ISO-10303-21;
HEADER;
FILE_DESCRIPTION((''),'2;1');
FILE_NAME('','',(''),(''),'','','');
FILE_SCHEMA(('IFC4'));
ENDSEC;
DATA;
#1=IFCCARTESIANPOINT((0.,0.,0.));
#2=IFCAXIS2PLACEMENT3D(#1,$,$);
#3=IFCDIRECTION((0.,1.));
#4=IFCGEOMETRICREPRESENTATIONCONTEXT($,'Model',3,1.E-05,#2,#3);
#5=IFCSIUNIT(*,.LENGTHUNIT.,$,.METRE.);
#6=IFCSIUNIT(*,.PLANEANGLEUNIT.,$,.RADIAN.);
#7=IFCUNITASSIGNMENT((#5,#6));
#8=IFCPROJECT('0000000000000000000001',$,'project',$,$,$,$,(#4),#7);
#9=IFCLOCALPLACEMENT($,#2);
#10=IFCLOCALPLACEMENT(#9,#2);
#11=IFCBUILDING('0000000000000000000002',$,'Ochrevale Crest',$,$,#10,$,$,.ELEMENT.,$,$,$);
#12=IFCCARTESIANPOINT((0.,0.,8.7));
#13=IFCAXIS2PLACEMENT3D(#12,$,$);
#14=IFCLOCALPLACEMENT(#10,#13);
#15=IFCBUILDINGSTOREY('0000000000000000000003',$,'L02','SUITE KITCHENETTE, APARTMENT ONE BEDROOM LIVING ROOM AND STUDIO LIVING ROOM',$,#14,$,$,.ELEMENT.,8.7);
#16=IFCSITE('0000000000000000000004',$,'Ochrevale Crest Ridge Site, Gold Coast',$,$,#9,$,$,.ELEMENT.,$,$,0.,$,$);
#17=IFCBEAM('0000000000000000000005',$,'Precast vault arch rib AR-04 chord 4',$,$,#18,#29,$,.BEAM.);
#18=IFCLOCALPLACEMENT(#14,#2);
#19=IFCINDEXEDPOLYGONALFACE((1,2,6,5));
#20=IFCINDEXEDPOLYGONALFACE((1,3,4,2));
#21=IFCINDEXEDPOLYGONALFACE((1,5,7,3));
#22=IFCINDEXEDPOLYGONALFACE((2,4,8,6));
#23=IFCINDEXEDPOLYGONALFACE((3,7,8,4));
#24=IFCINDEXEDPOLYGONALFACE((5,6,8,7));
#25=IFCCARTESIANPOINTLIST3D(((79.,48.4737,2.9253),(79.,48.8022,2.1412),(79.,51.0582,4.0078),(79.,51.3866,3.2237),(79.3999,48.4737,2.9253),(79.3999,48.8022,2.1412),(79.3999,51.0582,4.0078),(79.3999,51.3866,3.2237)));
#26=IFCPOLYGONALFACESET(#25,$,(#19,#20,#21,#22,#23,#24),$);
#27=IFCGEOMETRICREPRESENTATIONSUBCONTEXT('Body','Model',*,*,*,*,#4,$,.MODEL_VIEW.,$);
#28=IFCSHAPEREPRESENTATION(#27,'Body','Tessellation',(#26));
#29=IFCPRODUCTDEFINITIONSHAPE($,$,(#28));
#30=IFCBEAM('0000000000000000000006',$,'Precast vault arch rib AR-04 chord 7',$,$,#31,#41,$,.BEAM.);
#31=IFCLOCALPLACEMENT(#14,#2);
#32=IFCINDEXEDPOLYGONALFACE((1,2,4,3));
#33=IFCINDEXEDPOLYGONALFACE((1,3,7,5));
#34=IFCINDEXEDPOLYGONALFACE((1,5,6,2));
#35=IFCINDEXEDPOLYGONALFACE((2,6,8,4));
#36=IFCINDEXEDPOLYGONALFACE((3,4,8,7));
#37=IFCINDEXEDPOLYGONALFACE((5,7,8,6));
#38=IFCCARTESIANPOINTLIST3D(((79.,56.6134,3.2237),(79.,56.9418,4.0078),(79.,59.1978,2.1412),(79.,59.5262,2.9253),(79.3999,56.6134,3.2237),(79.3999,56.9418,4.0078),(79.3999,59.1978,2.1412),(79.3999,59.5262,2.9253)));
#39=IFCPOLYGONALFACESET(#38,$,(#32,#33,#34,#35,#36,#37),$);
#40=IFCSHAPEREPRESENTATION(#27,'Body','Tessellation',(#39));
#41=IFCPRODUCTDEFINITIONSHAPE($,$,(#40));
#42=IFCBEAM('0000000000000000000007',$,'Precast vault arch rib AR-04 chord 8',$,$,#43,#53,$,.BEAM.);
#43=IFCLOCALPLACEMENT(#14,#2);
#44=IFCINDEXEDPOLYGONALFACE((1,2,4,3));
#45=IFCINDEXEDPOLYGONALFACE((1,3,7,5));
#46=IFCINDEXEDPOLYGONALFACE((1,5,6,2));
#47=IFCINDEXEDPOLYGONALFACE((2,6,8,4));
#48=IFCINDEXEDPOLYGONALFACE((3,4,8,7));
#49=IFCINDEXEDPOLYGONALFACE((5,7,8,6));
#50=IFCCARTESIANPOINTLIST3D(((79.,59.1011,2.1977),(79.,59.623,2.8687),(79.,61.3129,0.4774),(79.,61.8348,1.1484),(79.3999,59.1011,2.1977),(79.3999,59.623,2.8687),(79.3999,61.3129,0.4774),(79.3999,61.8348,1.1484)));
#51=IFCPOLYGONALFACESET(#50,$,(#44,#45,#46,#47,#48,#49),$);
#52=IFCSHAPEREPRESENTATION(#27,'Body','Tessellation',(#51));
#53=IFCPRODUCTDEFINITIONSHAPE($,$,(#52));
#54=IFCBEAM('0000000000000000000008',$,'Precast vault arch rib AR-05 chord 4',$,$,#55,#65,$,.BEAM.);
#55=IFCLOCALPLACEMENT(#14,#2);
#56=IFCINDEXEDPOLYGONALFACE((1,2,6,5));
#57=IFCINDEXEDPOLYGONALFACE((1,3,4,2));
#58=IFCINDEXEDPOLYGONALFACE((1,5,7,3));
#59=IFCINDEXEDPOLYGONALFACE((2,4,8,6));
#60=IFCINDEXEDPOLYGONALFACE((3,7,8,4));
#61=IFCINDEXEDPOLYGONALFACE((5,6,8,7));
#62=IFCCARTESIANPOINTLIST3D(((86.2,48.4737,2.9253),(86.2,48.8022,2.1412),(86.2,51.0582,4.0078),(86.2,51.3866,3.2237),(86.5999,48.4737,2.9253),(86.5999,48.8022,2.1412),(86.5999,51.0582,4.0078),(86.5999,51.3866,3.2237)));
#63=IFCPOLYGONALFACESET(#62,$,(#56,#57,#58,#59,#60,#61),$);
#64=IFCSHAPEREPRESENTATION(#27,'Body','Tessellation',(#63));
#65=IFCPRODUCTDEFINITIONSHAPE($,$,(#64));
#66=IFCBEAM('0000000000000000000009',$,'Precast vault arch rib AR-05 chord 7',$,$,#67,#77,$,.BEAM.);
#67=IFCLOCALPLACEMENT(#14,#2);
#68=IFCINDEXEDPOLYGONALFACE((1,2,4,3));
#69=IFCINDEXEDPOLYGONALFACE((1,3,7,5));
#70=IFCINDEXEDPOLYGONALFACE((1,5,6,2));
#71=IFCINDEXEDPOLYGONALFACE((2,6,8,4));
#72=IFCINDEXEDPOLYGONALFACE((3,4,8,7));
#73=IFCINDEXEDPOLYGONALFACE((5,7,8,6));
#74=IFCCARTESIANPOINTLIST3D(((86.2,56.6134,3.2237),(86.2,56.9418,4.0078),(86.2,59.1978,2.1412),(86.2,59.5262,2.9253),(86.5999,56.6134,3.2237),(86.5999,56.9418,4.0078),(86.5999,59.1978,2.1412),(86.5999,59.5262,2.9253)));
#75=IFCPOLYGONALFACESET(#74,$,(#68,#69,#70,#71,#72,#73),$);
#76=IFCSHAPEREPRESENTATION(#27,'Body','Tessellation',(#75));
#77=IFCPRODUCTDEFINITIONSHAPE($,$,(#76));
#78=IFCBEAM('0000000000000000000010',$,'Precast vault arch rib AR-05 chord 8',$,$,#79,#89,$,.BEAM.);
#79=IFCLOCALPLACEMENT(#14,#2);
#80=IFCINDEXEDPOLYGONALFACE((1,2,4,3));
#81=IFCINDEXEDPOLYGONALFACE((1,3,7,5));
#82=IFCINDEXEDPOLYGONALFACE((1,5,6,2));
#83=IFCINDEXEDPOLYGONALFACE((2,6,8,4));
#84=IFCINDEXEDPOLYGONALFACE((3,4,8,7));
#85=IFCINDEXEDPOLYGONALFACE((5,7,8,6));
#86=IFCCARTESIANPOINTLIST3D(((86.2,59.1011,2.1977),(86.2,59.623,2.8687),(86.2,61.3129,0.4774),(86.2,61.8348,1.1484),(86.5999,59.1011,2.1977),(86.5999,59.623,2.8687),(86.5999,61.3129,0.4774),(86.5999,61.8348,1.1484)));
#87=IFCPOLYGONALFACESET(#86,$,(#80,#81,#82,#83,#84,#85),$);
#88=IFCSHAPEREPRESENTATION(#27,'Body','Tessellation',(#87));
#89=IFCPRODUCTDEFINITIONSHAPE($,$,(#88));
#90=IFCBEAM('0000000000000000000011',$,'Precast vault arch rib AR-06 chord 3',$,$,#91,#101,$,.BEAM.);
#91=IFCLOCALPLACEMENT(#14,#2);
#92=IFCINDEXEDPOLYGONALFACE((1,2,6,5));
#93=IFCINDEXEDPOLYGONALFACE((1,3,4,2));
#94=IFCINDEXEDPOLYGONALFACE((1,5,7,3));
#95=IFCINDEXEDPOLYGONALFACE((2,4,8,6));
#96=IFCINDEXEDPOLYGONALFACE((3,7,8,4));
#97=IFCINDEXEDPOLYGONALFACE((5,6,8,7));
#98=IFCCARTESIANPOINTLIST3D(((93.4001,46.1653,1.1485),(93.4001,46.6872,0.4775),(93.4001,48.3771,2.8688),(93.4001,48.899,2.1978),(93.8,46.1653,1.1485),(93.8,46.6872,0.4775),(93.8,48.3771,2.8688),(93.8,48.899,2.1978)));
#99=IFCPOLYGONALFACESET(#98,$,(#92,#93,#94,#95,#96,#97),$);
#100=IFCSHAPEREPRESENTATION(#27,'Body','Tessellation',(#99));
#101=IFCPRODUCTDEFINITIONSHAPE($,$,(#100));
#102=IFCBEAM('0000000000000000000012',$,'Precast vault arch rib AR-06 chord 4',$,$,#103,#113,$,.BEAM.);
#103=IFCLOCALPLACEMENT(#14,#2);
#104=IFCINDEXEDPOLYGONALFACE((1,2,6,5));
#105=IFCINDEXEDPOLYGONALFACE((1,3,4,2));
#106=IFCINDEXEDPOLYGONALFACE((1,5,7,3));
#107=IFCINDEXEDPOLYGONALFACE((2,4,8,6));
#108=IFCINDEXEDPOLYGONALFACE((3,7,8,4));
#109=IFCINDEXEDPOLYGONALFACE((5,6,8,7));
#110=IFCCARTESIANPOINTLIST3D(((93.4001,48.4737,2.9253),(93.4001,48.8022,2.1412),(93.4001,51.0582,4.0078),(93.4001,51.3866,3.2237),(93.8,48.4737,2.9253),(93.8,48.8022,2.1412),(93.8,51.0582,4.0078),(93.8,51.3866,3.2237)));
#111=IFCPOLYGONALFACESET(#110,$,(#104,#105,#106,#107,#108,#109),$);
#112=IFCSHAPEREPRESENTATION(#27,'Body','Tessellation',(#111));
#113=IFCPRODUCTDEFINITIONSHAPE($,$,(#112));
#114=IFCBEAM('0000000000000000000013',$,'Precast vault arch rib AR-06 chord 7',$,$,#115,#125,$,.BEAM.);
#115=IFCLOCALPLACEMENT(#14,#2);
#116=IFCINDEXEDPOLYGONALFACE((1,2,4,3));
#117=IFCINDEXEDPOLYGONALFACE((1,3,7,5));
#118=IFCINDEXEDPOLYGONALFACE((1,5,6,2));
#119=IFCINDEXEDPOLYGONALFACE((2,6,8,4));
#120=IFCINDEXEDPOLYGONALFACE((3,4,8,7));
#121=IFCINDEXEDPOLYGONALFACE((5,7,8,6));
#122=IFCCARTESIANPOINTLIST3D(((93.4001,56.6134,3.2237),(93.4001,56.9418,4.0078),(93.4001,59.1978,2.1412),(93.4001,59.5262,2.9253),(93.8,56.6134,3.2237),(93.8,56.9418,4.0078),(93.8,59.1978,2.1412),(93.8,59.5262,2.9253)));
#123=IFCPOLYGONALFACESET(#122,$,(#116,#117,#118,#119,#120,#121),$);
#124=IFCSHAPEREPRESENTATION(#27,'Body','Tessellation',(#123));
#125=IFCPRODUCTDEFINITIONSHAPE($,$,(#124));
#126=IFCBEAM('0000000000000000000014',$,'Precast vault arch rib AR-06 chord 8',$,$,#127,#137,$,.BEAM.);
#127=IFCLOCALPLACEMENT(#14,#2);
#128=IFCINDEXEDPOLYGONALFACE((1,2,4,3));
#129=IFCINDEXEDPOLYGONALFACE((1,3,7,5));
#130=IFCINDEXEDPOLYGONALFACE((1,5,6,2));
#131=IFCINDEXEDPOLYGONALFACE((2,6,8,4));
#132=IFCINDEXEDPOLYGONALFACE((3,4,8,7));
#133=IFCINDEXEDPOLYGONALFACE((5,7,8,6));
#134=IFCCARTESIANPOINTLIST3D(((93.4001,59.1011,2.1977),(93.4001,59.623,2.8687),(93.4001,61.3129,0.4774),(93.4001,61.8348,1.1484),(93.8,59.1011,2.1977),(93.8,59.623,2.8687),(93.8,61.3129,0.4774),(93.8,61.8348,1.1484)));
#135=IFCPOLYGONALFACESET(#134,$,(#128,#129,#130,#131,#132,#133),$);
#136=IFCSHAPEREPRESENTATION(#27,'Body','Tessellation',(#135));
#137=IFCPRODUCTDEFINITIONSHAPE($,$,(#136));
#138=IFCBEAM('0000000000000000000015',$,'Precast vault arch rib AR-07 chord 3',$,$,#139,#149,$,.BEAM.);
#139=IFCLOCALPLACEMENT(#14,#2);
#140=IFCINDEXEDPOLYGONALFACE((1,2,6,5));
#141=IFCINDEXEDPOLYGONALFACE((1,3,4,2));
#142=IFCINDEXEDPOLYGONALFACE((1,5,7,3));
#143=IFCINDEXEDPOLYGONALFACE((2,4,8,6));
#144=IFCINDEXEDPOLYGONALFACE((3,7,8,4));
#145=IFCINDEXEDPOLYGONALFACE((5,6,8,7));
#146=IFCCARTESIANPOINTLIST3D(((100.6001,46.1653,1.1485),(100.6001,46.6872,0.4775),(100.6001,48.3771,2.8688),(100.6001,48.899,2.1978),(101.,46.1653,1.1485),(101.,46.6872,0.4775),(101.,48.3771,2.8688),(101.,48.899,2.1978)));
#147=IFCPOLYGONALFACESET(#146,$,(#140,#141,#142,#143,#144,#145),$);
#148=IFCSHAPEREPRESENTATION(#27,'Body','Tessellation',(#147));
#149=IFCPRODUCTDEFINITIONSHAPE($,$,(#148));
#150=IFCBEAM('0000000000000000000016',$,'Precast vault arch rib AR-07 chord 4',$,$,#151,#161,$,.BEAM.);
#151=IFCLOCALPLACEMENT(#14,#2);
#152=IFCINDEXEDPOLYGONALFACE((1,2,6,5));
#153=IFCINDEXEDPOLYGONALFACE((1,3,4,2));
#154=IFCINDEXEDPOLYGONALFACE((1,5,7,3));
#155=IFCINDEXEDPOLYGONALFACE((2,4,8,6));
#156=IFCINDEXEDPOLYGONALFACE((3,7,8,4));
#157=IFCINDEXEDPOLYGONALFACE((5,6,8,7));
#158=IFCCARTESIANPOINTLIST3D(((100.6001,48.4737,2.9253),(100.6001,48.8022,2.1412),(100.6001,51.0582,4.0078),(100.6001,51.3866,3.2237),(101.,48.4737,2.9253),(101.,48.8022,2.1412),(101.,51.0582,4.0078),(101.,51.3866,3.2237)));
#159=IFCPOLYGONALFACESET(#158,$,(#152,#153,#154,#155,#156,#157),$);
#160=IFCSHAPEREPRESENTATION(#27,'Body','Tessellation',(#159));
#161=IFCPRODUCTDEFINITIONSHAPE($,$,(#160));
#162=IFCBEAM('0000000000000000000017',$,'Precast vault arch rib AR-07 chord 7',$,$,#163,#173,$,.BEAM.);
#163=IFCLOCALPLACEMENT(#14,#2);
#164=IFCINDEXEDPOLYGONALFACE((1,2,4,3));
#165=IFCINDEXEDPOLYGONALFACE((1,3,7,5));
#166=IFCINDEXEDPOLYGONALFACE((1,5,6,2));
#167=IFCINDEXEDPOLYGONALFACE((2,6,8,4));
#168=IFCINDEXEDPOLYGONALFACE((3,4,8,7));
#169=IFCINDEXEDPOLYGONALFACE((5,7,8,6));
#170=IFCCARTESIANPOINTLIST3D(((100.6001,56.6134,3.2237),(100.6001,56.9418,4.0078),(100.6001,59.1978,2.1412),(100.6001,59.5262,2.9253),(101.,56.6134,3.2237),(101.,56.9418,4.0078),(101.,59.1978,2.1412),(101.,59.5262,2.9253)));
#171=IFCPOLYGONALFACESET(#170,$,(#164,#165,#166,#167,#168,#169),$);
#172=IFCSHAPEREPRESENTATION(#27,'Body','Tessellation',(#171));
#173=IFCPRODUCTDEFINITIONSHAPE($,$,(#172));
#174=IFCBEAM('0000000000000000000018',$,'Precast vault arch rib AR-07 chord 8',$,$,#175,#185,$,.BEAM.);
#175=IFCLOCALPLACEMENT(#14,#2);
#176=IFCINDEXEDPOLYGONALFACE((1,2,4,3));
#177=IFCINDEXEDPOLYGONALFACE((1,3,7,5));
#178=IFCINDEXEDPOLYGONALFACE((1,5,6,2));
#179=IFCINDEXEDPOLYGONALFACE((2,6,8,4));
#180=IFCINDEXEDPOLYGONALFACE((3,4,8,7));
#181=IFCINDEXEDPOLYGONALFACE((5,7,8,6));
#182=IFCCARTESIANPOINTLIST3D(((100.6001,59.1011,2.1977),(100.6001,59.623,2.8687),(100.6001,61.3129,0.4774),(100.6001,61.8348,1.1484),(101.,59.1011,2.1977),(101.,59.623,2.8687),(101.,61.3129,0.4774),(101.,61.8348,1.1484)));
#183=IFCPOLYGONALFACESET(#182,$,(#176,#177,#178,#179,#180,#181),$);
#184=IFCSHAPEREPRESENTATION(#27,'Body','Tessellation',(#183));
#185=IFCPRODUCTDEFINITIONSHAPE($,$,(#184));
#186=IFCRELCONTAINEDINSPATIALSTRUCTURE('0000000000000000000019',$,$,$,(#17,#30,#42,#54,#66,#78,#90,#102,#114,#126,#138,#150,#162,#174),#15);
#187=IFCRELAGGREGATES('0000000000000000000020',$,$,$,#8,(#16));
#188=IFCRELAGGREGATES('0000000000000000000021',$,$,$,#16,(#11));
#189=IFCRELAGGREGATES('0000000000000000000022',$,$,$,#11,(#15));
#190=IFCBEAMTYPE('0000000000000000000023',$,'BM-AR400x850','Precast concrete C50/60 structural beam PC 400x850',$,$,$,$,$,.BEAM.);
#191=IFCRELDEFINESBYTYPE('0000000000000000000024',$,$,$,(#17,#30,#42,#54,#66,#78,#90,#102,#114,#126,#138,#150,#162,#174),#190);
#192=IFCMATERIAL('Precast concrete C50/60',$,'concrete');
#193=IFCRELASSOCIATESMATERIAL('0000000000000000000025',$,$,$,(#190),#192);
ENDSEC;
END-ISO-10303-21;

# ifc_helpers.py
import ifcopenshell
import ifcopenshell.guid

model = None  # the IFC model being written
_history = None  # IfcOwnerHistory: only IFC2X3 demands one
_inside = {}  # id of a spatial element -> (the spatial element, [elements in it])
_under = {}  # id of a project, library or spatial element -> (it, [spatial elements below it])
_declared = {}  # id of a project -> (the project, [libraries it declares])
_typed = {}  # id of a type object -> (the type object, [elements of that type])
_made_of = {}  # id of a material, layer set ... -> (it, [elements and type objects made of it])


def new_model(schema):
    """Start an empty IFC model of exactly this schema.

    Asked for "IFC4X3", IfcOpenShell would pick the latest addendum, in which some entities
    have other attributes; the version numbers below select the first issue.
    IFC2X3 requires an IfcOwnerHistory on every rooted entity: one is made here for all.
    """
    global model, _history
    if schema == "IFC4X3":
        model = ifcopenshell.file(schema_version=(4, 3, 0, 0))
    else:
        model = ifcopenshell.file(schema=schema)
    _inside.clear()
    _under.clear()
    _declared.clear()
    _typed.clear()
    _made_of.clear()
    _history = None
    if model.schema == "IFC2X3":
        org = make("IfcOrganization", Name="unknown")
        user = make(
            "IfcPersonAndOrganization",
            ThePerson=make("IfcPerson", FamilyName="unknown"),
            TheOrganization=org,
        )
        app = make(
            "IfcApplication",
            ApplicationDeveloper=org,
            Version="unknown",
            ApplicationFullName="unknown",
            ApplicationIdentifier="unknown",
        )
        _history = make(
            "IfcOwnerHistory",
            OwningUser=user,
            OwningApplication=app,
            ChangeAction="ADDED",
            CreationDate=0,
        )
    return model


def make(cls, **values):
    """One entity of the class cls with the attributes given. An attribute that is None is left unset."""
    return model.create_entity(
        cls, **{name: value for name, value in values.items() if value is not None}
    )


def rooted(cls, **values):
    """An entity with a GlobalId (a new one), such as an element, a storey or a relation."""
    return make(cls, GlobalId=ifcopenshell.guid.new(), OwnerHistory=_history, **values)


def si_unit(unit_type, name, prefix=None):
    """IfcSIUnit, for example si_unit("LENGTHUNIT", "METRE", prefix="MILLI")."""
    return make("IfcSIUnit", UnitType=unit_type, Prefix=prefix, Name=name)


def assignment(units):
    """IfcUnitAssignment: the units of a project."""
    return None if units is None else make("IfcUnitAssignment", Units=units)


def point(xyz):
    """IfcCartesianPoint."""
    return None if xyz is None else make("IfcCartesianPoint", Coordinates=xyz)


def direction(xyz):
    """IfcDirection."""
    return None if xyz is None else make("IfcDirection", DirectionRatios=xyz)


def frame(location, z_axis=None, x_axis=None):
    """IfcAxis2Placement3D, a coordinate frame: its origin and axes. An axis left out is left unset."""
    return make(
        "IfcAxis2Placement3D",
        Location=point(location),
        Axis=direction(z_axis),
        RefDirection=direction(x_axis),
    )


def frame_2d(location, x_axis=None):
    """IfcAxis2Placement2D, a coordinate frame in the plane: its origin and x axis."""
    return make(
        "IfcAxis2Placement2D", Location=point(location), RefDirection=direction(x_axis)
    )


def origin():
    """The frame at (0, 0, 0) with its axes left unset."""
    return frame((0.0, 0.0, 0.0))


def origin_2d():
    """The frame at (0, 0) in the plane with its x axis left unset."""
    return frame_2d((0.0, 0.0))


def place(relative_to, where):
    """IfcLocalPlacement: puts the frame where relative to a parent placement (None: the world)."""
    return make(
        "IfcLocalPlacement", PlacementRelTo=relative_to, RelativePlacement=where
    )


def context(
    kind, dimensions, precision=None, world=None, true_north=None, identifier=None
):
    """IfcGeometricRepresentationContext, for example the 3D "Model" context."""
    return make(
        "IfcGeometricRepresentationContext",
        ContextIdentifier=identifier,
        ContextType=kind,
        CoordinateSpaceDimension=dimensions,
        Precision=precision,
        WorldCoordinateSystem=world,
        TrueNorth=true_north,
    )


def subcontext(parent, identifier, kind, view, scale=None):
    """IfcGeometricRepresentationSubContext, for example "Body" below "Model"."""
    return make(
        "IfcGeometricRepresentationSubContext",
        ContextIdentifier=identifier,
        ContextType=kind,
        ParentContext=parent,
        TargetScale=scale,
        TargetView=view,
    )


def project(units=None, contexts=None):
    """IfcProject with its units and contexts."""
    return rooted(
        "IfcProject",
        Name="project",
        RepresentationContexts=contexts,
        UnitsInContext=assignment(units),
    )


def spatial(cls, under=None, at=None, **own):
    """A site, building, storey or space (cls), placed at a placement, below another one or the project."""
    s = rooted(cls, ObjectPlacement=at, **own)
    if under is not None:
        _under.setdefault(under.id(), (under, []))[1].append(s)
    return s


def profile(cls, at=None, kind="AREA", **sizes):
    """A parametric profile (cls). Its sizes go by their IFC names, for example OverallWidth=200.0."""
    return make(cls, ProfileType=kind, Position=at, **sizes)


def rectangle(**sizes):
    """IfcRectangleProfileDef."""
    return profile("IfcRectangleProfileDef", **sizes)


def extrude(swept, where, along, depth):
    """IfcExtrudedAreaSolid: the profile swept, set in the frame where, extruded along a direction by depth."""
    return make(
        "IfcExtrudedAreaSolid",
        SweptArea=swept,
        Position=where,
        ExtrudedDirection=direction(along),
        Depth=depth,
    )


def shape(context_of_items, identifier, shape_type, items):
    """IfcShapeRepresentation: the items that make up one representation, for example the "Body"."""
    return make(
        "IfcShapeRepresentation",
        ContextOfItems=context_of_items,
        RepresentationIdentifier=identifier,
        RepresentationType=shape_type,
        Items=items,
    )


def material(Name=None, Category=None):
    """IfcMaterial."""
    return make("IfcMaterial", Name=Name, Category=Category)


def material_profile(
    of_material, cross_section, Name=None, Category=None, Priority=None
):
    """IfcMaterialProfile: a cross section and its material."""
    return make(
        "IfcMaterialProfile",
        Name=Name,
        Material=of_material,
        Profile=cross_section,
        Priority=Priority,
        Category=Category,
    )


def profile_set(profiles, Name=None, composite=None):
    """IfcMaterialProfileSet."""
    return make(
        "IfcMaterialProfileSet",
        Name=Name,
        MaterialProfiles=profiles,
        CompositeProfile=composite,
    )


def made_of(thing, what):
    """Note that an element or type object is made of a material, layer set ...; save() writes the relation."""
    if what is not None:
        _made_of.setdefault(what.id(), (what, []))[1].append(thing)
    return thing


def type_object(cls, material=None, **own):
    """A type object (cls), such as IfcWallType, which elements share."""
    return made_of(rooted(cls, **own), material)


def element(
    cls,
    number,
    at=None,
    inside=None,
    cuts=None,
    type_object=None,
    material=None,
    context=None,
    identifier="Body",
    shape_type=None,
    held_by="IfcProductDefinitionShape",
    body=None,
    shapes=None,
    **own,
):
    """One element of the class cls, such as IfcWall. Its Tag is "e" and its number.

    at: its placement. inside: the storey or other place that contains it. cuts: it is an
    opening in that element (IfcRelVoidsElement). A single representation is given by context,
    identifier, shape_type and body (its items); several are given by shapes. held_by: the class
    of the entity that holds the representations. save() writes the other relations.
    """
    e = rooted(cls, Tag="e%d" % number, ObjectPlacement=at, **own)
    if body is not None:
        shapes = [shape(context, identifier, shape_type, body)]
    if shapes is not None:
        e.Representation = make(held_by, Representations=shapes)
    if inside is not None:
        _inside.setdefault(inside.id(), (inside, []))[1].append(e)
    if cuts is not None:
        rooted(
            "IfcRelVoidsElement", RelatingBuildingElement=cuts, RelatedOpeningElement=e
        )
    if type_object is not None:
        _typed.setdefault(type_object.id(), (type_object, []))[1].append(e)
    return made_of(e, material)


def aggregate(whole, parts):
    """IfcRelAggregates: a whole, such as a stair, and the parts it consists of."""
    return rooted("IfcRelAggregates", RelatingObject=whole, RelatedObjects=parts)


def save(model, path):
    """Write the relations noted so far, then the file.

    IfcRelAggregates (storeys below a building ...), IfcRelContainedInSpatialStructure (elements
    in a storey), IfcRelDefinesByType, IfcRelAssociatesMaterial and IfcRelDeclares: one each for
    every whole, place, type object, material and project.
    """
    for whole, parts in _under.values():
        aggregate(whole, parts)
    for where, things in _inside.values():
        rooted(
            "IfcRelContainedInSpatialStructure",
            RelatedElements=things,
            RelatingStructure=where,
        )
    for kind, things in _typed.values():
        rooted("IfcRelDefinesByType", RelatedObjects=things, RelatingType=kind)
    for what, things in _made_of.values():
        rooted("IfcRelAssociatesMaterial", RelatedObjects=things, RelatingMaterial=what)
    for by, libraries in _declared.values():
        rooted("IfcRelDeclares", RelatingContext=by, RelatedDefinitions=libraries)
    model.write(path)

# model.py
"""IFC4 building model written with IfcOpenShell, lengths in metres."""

from ifc_helpers import new_model, si_unit, direction, frame, origin, origin_2d, place, context, subcontext, project, spatial, rectangle, extrude, material, material_profile, profile_set, type_object, element, save


model = new_model("IFC4")

# Units and contexts
model_context = context("Model", 3, precision=1e-05, world=origin(), true_north=direction((0.0, 1.0)))
body_context = subcontext(model_context, "Body", "Model", "MODEL_VIEW")
ifc_project = project(units=[si_unit("LENGTHUNIT", "METRE"), si_unit("PLANEANGLEUNIT", "RADIAN")], contexts=[model_context])

# Site, building, storey
site_placement = place(None, origin())
site = spatial("IfcSite", under=ifc_project, at=site_placement, Name="Ochrevale Crest Ridge Site, Gold Coast", CompositionType="ELEMENT", RefElevation=0.0)
building_placement = place(site_placement, origin())
building = spatial("IfcBuilding", under=site, at=building_placement, Name="Ochrevale Crest", CompositionType="ELEMENT")
storey_placement = place(building_placement, frame((0.0, 0.0, 8.7)))
storey = spatial("IfcBuildingStorey", under=building, at=storey_placement, Name="L02", Description="SUITE KITCHENETTE, APARTMENT ONE BEDROOM LIVING ROOM AND STUDIO LIVING ROOM", CompositionType="ELEMENT", Elevation=8.7)

# Beams
ifc_material_1 = material(Name="Precast concrete C50/60", Category="concrete")
ifc_material_profile_1 = material_profile(ifc_material_1, rectangle(XDim=0.3999, YDim=0.8501, at=origin_2d()), Name="PC 400x850")
ifc_profile_set_1 = profile_set([ifc_material_profile_1], Name="Precast concrete C50/60")
beam_type = type_object("IfcBeamType", Name="BM-AR400x850", Description="Precast concrete C50/60 structural beam PC 400x850", PredefinedType="BEAM", material=ifc_profile_set_1)
for number, where, z_axis, x_axis, name in (
    (1, (79.2, 48.6379, 2.5332), (0.0, 0.922359, 0.386335), (-1.0, 0.0, 0.0), "Precast vault arch rib AR-04 chord 4"),
    (2, (79.2, 56.7776, 3.6157), (0.0, 0.922359, -0.386335), (-1.0, 0.0, 0.0), "Precast vault arch rib AR-04 chord 7"),
    (3, (79.2, 59.3621, 2.5332), (0.0, 0.789348, -0.613947), (-1.0, 0.0, 0.0), "Precast vault arch rib AR-04 chord 8"),
    (4, (86.3999, 48.6379, 2.5332), (0.0, 0.922359, 0.386335), (-1.0, 0.0, 0.0), "Precast vault arch rib AR-05 chord 4"),
    (5, (86.3999, 56.7776, 3.6157), (0.0, 0.922359, -0.386335), (-1.0, 0.0, 0.0), "Precast vault arch rib AR-05 chord 7"),
    (6, (86.3999, 59.3621, 2.5332), (0.0, 0.789348, -0.613947), (-1.0, 0.0, 0.0), "Precast vault arch rib AR-05 chord 8"),
    (7, (93.6001, 46.4263, 0.813), (0.0, 0.789348, 0.613947), (-1.0, 0.0, 0.0), "Precast vault arch rib AR-06 chord 3"),
    (8, (93.6001, 48.6379, 2.5332), (0.0, 0.922359, 0.386335), (-1.0, 0.0, 0.0), "Precast vault arch rib AR-06 chord 4"),
    (9, (93.6001, 56.7776, 3.6157), (0.0, 0.922359, -0.386335), (-1.0, 0.0, 0.0), "Precast vault arch rib AR-06 chord 7"),
    (10, (93.6001, 59.3621, 2.5332), (0.0, 0.789348, -0.613947), (-1.0, 0.0, 0.0), "Precast vault arch rib AR-06 chord 8"),
    (11, (100.8, 46.4263, 0.813), (0.0, 0.789348, 0.613947), (-1.0, 0.0, 0.0), "Precast vault arch rib AR-07 chord 3"),
    (12, (100.8, 48.6379, 2.5332), (0.0, 0.922359, 0.386335), (-1.0, 0.0, 0.0), "Precast vault arch rib AR-07 chord 4"),
    (13, (100.8, 56.7776, 3.6157), (0.0, 0.922359, -0.386335), (-1.0, 0.0, 0.0), "Precast vault arch rib AR-07 chord 7"),
    (14, (100.8, 59.3621, 2.5332), (0.0, 0.789348, -0.613947), (-1.0, 0.0, 0.0), "Precast vault arch rib AR-07 chord 8"),
):
    element("IfcBeam", number, at=place(storey_placement, frame(where, z_axis=z_axis, x_axis=x_axis)), inside=storey, type_object=beam_type, Name=name, PredefinedType="BEAM", context=body_context, shape_type="SweptSolid", body=[
        extrude(rectangle(XDim=0.3999, YDim=0.8501, at=origin_2d()), origin(), (0.0, 0.0, 1.0), 2.802),
    ])

save(model, "model.ifc")
